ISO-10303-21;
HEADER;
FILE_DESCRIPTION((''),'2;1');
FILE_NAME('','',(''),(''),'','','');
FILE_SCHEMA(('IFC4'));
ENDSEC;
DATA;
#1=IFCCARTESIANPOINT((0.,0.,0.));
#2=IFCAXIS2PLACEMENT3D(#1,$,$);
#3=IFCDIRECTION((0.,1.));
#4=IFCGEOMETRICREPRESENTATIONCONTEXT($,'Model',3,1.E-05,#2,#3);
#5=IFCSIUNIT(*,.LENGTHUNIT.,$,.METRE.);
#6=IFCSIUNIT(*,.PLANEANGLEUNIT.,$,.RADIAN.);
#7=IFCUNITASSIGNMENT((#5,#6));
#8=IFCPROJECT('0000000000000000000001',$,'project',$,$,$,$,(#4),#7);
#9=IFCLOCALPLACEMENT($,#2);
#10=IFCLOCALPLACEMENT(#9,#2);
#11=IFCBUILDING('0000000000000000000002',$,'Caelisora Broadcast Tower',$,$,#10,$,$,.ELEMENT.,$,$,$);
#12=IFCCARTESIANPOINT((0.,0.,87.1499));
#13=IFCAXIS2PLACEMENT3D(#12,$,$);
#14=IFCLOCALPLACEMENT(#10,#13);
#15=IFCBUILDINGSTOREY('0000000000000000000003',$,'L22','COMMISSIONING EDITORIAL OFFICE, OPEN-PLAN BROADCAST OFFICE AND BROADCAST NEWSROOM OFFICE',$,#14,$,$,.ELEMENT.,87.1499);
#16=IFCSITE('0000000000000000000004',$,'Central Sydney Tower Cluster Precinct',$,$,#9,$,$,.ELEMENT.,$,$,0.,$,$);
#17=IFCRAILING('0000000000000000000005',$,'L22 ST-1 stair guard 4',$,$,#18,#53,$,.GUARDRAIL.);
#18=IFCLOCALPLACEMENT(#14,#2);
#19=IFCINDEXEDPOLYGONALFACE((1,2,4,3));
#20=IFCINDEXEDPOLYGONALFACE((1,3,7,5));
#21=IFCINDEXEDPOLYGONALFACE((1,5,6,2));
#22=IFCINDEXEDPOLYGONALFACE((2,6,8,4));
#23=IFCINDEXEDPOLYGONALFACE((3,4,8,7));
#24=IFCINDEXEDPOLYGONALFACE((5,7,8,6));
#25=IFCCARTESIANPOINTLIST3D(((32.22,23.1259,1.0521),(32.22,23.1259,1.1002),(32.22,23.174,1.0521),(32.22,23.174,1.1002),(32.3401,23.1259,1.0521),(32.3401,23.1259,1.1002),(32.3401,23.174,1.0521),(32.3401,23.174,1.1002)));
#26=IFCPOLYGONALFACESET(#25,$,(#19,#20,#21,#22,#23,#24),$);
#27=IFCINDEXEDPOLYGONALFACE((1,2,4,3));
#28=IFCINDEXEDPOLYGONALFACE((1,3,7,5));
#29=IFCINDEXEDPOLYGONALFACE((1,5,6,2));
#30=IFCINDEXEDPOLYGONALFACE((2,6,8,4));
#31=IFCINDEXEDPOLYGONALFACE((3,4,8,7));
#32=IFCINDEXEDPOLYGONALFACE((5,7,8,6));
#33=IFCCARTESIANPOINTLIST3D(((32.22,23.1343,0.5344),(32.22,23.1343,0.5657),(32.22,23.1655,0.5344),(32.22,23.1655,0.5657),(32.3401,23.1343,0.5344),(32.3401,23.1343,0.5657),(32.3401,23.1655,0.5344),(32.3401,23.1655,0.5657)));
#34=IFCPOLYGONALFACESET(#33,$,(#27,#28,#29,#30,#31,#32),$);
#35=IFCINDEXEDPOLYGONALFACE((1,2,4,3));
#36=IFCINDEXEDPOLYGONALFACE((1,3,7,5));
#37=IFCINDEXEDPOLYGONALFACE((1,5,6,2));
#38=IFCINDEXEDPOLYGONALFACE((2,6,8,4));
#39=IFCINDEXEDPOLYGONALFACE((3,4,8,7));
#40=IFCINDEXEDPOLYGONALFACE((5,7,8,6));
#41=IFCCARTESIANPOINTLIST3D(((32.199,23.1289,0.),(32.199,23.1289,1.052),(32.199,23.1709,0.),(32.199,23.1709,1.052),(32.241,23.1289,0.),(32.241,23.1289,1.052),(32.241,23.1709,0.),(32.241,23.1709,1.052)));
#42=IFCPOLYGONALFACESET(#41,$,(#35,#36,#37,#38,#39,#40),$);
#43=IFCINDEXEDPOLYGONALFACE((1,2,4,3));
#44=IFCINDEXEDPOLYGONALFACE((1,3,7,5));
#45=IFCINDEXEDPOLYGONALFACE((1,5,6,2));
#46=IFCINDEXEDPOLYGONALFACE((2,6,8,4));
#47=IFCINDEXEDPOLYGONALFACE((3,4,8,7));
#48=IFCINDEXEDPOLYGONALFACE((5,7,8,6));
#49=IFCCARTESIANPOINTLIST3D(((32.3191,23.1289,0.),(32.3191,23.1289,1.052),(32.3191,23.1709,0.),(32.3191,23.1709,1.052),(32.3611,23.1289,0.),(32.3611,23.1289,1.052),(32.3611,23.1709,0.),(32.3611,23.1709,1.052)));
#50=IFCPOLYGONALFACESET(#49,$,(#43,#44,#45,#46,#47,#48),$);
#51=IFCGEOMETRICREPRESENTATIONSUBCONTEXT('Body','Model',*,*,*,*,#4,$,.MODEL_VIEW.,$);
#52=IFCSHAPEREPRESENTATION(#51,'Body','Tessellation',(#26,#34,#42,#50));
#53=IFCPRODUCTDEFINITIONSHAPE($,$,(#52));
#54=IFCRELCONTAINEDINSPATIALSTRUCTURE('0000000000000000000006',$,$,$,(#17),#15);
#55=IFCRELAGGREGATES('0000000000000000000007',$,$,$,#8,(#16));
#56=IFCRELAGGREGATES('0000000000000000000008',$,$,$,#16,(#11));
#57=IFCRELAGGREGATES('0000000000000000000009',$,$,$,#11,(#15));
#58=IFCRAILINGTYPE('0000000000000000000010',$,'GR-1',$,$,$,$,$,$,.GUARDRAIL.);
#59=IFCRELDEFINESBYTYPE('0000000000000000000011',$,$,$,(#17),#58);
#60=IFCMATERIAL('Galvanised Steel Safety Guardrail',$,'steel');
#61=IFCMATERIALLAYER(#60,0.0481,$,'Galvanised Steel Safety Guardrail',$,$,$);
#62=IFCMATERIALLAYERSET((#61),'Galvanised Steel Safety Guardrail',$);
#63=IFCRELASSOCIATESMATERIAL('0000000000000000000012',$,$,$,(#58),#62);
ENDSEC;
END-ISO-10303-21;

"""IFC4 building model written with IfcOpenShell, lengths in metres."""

from ifc_helpers import new_model, si_unit, direction, frame, origin, origin_2d, place, context, subcontext, project, spatial, rectangle, extrude, material, layer, layer_set, type_object, element, save


model = new_model("IFC4")

# Units and contexts
model_context = context("Model", 3, precision=1e-05, world=origin(), true_north=direction((0.0, 1.0)))
body_context = subcontext(model_context, "Body", "Model", "MODEL_VIEW")
ifc_project = project(units=[si_unit("LENGTHUNIT", "METRE"), si_unit("PLANEANGLEUNIT", "RADIAN")], contexts=[model_context])

# Site, building, storey
site_placement = place(None, origin())
site = spatial("IfcSite", under=ifc_project, at=site_placement, Name="Central Sydney Tower Cluster Precinct", CompositionType="ELEMENT", RefElevation=0.0)
building_placement = place(site_placement, origin())
building = spatial("IfcBuilding", under=site, at=building_placement, Name="Caelisora Broadcast Tower", CompositionType="ELEMENT")
storey_placement = place(building_placement, frame((0.0, 0.0, 87.1499)))
storey = spatial("IfcBuildingStorey", under=building, at=storey_placement, Name="L22", Description="COMMISSIONING EDITORIAL OFFICE, OPEN-PLAN BROADCAST OFFICE AND BROADCAST NEWSROOM OFFICE", CompositionType="ELEMENT", Elevation=87.1499)

# Railing
ifc_material_1 = material(Name="Galvanised Steel Safety Guardrail", Category="steel")
ifc_layer_1 = layer(ifc_material_1, 0.0481, Name="Galvanised Steel Safety Guardrail")
ifc_layer_set_1 = layer_set([ifc_layer_1], Name="Galvanised Steel Safety Guardrail")
railing_type = type_object("IfcRailingType", Name="GR-1", PredefinedType="GUARDRAIL", material=ifc_layer_set_1)
railing_1_placement = place(storey_placement, frame((32.22, 23.1499, 0.0)))
element("IfcRailing", 1, at=railing_1_placement, inside=storey, type_object=railing_type, Name="L22 ST-1 stair guard 4", PredefinedType="GUARDRAIL", context=body_context, shape_type="SweptSolid", body=[
    extrude(rectangle(XDim=0.0481, YDim=0.0481, at=origin_2d()), frame((0.0, 0.0, 1.0762), z_axis=(1.0, 0.0, 0.0), x_axis=(0.0, 1.0, 0.0)), (0.0, 0.0, 1.0), 0.1201),
    extrude(rectangle(XDim=0.0312, YDim=0.0312, at=origin_2d()), frame((0.0, 0.0, 0.55), z_axis=(1.0, 0.0, 0.0), x_axis=(0.0, 1.0, 0.0)), (0.0, 0.0, 1.0), 0.1201),
    extrude(rectangle(XDim=0.042, YDim=0.042, at=origin_2d()), origin(), (0.0, 0.0, 1.0), 1.052),
    extrude(rectangle(XDim=0.042, YDim=0.042, at=origin_2d()), frame((0.1201, 0.0, 0.0)), (0.0, 0.0, 1.0), 1.052),
])

save(model, "model.ifc")
